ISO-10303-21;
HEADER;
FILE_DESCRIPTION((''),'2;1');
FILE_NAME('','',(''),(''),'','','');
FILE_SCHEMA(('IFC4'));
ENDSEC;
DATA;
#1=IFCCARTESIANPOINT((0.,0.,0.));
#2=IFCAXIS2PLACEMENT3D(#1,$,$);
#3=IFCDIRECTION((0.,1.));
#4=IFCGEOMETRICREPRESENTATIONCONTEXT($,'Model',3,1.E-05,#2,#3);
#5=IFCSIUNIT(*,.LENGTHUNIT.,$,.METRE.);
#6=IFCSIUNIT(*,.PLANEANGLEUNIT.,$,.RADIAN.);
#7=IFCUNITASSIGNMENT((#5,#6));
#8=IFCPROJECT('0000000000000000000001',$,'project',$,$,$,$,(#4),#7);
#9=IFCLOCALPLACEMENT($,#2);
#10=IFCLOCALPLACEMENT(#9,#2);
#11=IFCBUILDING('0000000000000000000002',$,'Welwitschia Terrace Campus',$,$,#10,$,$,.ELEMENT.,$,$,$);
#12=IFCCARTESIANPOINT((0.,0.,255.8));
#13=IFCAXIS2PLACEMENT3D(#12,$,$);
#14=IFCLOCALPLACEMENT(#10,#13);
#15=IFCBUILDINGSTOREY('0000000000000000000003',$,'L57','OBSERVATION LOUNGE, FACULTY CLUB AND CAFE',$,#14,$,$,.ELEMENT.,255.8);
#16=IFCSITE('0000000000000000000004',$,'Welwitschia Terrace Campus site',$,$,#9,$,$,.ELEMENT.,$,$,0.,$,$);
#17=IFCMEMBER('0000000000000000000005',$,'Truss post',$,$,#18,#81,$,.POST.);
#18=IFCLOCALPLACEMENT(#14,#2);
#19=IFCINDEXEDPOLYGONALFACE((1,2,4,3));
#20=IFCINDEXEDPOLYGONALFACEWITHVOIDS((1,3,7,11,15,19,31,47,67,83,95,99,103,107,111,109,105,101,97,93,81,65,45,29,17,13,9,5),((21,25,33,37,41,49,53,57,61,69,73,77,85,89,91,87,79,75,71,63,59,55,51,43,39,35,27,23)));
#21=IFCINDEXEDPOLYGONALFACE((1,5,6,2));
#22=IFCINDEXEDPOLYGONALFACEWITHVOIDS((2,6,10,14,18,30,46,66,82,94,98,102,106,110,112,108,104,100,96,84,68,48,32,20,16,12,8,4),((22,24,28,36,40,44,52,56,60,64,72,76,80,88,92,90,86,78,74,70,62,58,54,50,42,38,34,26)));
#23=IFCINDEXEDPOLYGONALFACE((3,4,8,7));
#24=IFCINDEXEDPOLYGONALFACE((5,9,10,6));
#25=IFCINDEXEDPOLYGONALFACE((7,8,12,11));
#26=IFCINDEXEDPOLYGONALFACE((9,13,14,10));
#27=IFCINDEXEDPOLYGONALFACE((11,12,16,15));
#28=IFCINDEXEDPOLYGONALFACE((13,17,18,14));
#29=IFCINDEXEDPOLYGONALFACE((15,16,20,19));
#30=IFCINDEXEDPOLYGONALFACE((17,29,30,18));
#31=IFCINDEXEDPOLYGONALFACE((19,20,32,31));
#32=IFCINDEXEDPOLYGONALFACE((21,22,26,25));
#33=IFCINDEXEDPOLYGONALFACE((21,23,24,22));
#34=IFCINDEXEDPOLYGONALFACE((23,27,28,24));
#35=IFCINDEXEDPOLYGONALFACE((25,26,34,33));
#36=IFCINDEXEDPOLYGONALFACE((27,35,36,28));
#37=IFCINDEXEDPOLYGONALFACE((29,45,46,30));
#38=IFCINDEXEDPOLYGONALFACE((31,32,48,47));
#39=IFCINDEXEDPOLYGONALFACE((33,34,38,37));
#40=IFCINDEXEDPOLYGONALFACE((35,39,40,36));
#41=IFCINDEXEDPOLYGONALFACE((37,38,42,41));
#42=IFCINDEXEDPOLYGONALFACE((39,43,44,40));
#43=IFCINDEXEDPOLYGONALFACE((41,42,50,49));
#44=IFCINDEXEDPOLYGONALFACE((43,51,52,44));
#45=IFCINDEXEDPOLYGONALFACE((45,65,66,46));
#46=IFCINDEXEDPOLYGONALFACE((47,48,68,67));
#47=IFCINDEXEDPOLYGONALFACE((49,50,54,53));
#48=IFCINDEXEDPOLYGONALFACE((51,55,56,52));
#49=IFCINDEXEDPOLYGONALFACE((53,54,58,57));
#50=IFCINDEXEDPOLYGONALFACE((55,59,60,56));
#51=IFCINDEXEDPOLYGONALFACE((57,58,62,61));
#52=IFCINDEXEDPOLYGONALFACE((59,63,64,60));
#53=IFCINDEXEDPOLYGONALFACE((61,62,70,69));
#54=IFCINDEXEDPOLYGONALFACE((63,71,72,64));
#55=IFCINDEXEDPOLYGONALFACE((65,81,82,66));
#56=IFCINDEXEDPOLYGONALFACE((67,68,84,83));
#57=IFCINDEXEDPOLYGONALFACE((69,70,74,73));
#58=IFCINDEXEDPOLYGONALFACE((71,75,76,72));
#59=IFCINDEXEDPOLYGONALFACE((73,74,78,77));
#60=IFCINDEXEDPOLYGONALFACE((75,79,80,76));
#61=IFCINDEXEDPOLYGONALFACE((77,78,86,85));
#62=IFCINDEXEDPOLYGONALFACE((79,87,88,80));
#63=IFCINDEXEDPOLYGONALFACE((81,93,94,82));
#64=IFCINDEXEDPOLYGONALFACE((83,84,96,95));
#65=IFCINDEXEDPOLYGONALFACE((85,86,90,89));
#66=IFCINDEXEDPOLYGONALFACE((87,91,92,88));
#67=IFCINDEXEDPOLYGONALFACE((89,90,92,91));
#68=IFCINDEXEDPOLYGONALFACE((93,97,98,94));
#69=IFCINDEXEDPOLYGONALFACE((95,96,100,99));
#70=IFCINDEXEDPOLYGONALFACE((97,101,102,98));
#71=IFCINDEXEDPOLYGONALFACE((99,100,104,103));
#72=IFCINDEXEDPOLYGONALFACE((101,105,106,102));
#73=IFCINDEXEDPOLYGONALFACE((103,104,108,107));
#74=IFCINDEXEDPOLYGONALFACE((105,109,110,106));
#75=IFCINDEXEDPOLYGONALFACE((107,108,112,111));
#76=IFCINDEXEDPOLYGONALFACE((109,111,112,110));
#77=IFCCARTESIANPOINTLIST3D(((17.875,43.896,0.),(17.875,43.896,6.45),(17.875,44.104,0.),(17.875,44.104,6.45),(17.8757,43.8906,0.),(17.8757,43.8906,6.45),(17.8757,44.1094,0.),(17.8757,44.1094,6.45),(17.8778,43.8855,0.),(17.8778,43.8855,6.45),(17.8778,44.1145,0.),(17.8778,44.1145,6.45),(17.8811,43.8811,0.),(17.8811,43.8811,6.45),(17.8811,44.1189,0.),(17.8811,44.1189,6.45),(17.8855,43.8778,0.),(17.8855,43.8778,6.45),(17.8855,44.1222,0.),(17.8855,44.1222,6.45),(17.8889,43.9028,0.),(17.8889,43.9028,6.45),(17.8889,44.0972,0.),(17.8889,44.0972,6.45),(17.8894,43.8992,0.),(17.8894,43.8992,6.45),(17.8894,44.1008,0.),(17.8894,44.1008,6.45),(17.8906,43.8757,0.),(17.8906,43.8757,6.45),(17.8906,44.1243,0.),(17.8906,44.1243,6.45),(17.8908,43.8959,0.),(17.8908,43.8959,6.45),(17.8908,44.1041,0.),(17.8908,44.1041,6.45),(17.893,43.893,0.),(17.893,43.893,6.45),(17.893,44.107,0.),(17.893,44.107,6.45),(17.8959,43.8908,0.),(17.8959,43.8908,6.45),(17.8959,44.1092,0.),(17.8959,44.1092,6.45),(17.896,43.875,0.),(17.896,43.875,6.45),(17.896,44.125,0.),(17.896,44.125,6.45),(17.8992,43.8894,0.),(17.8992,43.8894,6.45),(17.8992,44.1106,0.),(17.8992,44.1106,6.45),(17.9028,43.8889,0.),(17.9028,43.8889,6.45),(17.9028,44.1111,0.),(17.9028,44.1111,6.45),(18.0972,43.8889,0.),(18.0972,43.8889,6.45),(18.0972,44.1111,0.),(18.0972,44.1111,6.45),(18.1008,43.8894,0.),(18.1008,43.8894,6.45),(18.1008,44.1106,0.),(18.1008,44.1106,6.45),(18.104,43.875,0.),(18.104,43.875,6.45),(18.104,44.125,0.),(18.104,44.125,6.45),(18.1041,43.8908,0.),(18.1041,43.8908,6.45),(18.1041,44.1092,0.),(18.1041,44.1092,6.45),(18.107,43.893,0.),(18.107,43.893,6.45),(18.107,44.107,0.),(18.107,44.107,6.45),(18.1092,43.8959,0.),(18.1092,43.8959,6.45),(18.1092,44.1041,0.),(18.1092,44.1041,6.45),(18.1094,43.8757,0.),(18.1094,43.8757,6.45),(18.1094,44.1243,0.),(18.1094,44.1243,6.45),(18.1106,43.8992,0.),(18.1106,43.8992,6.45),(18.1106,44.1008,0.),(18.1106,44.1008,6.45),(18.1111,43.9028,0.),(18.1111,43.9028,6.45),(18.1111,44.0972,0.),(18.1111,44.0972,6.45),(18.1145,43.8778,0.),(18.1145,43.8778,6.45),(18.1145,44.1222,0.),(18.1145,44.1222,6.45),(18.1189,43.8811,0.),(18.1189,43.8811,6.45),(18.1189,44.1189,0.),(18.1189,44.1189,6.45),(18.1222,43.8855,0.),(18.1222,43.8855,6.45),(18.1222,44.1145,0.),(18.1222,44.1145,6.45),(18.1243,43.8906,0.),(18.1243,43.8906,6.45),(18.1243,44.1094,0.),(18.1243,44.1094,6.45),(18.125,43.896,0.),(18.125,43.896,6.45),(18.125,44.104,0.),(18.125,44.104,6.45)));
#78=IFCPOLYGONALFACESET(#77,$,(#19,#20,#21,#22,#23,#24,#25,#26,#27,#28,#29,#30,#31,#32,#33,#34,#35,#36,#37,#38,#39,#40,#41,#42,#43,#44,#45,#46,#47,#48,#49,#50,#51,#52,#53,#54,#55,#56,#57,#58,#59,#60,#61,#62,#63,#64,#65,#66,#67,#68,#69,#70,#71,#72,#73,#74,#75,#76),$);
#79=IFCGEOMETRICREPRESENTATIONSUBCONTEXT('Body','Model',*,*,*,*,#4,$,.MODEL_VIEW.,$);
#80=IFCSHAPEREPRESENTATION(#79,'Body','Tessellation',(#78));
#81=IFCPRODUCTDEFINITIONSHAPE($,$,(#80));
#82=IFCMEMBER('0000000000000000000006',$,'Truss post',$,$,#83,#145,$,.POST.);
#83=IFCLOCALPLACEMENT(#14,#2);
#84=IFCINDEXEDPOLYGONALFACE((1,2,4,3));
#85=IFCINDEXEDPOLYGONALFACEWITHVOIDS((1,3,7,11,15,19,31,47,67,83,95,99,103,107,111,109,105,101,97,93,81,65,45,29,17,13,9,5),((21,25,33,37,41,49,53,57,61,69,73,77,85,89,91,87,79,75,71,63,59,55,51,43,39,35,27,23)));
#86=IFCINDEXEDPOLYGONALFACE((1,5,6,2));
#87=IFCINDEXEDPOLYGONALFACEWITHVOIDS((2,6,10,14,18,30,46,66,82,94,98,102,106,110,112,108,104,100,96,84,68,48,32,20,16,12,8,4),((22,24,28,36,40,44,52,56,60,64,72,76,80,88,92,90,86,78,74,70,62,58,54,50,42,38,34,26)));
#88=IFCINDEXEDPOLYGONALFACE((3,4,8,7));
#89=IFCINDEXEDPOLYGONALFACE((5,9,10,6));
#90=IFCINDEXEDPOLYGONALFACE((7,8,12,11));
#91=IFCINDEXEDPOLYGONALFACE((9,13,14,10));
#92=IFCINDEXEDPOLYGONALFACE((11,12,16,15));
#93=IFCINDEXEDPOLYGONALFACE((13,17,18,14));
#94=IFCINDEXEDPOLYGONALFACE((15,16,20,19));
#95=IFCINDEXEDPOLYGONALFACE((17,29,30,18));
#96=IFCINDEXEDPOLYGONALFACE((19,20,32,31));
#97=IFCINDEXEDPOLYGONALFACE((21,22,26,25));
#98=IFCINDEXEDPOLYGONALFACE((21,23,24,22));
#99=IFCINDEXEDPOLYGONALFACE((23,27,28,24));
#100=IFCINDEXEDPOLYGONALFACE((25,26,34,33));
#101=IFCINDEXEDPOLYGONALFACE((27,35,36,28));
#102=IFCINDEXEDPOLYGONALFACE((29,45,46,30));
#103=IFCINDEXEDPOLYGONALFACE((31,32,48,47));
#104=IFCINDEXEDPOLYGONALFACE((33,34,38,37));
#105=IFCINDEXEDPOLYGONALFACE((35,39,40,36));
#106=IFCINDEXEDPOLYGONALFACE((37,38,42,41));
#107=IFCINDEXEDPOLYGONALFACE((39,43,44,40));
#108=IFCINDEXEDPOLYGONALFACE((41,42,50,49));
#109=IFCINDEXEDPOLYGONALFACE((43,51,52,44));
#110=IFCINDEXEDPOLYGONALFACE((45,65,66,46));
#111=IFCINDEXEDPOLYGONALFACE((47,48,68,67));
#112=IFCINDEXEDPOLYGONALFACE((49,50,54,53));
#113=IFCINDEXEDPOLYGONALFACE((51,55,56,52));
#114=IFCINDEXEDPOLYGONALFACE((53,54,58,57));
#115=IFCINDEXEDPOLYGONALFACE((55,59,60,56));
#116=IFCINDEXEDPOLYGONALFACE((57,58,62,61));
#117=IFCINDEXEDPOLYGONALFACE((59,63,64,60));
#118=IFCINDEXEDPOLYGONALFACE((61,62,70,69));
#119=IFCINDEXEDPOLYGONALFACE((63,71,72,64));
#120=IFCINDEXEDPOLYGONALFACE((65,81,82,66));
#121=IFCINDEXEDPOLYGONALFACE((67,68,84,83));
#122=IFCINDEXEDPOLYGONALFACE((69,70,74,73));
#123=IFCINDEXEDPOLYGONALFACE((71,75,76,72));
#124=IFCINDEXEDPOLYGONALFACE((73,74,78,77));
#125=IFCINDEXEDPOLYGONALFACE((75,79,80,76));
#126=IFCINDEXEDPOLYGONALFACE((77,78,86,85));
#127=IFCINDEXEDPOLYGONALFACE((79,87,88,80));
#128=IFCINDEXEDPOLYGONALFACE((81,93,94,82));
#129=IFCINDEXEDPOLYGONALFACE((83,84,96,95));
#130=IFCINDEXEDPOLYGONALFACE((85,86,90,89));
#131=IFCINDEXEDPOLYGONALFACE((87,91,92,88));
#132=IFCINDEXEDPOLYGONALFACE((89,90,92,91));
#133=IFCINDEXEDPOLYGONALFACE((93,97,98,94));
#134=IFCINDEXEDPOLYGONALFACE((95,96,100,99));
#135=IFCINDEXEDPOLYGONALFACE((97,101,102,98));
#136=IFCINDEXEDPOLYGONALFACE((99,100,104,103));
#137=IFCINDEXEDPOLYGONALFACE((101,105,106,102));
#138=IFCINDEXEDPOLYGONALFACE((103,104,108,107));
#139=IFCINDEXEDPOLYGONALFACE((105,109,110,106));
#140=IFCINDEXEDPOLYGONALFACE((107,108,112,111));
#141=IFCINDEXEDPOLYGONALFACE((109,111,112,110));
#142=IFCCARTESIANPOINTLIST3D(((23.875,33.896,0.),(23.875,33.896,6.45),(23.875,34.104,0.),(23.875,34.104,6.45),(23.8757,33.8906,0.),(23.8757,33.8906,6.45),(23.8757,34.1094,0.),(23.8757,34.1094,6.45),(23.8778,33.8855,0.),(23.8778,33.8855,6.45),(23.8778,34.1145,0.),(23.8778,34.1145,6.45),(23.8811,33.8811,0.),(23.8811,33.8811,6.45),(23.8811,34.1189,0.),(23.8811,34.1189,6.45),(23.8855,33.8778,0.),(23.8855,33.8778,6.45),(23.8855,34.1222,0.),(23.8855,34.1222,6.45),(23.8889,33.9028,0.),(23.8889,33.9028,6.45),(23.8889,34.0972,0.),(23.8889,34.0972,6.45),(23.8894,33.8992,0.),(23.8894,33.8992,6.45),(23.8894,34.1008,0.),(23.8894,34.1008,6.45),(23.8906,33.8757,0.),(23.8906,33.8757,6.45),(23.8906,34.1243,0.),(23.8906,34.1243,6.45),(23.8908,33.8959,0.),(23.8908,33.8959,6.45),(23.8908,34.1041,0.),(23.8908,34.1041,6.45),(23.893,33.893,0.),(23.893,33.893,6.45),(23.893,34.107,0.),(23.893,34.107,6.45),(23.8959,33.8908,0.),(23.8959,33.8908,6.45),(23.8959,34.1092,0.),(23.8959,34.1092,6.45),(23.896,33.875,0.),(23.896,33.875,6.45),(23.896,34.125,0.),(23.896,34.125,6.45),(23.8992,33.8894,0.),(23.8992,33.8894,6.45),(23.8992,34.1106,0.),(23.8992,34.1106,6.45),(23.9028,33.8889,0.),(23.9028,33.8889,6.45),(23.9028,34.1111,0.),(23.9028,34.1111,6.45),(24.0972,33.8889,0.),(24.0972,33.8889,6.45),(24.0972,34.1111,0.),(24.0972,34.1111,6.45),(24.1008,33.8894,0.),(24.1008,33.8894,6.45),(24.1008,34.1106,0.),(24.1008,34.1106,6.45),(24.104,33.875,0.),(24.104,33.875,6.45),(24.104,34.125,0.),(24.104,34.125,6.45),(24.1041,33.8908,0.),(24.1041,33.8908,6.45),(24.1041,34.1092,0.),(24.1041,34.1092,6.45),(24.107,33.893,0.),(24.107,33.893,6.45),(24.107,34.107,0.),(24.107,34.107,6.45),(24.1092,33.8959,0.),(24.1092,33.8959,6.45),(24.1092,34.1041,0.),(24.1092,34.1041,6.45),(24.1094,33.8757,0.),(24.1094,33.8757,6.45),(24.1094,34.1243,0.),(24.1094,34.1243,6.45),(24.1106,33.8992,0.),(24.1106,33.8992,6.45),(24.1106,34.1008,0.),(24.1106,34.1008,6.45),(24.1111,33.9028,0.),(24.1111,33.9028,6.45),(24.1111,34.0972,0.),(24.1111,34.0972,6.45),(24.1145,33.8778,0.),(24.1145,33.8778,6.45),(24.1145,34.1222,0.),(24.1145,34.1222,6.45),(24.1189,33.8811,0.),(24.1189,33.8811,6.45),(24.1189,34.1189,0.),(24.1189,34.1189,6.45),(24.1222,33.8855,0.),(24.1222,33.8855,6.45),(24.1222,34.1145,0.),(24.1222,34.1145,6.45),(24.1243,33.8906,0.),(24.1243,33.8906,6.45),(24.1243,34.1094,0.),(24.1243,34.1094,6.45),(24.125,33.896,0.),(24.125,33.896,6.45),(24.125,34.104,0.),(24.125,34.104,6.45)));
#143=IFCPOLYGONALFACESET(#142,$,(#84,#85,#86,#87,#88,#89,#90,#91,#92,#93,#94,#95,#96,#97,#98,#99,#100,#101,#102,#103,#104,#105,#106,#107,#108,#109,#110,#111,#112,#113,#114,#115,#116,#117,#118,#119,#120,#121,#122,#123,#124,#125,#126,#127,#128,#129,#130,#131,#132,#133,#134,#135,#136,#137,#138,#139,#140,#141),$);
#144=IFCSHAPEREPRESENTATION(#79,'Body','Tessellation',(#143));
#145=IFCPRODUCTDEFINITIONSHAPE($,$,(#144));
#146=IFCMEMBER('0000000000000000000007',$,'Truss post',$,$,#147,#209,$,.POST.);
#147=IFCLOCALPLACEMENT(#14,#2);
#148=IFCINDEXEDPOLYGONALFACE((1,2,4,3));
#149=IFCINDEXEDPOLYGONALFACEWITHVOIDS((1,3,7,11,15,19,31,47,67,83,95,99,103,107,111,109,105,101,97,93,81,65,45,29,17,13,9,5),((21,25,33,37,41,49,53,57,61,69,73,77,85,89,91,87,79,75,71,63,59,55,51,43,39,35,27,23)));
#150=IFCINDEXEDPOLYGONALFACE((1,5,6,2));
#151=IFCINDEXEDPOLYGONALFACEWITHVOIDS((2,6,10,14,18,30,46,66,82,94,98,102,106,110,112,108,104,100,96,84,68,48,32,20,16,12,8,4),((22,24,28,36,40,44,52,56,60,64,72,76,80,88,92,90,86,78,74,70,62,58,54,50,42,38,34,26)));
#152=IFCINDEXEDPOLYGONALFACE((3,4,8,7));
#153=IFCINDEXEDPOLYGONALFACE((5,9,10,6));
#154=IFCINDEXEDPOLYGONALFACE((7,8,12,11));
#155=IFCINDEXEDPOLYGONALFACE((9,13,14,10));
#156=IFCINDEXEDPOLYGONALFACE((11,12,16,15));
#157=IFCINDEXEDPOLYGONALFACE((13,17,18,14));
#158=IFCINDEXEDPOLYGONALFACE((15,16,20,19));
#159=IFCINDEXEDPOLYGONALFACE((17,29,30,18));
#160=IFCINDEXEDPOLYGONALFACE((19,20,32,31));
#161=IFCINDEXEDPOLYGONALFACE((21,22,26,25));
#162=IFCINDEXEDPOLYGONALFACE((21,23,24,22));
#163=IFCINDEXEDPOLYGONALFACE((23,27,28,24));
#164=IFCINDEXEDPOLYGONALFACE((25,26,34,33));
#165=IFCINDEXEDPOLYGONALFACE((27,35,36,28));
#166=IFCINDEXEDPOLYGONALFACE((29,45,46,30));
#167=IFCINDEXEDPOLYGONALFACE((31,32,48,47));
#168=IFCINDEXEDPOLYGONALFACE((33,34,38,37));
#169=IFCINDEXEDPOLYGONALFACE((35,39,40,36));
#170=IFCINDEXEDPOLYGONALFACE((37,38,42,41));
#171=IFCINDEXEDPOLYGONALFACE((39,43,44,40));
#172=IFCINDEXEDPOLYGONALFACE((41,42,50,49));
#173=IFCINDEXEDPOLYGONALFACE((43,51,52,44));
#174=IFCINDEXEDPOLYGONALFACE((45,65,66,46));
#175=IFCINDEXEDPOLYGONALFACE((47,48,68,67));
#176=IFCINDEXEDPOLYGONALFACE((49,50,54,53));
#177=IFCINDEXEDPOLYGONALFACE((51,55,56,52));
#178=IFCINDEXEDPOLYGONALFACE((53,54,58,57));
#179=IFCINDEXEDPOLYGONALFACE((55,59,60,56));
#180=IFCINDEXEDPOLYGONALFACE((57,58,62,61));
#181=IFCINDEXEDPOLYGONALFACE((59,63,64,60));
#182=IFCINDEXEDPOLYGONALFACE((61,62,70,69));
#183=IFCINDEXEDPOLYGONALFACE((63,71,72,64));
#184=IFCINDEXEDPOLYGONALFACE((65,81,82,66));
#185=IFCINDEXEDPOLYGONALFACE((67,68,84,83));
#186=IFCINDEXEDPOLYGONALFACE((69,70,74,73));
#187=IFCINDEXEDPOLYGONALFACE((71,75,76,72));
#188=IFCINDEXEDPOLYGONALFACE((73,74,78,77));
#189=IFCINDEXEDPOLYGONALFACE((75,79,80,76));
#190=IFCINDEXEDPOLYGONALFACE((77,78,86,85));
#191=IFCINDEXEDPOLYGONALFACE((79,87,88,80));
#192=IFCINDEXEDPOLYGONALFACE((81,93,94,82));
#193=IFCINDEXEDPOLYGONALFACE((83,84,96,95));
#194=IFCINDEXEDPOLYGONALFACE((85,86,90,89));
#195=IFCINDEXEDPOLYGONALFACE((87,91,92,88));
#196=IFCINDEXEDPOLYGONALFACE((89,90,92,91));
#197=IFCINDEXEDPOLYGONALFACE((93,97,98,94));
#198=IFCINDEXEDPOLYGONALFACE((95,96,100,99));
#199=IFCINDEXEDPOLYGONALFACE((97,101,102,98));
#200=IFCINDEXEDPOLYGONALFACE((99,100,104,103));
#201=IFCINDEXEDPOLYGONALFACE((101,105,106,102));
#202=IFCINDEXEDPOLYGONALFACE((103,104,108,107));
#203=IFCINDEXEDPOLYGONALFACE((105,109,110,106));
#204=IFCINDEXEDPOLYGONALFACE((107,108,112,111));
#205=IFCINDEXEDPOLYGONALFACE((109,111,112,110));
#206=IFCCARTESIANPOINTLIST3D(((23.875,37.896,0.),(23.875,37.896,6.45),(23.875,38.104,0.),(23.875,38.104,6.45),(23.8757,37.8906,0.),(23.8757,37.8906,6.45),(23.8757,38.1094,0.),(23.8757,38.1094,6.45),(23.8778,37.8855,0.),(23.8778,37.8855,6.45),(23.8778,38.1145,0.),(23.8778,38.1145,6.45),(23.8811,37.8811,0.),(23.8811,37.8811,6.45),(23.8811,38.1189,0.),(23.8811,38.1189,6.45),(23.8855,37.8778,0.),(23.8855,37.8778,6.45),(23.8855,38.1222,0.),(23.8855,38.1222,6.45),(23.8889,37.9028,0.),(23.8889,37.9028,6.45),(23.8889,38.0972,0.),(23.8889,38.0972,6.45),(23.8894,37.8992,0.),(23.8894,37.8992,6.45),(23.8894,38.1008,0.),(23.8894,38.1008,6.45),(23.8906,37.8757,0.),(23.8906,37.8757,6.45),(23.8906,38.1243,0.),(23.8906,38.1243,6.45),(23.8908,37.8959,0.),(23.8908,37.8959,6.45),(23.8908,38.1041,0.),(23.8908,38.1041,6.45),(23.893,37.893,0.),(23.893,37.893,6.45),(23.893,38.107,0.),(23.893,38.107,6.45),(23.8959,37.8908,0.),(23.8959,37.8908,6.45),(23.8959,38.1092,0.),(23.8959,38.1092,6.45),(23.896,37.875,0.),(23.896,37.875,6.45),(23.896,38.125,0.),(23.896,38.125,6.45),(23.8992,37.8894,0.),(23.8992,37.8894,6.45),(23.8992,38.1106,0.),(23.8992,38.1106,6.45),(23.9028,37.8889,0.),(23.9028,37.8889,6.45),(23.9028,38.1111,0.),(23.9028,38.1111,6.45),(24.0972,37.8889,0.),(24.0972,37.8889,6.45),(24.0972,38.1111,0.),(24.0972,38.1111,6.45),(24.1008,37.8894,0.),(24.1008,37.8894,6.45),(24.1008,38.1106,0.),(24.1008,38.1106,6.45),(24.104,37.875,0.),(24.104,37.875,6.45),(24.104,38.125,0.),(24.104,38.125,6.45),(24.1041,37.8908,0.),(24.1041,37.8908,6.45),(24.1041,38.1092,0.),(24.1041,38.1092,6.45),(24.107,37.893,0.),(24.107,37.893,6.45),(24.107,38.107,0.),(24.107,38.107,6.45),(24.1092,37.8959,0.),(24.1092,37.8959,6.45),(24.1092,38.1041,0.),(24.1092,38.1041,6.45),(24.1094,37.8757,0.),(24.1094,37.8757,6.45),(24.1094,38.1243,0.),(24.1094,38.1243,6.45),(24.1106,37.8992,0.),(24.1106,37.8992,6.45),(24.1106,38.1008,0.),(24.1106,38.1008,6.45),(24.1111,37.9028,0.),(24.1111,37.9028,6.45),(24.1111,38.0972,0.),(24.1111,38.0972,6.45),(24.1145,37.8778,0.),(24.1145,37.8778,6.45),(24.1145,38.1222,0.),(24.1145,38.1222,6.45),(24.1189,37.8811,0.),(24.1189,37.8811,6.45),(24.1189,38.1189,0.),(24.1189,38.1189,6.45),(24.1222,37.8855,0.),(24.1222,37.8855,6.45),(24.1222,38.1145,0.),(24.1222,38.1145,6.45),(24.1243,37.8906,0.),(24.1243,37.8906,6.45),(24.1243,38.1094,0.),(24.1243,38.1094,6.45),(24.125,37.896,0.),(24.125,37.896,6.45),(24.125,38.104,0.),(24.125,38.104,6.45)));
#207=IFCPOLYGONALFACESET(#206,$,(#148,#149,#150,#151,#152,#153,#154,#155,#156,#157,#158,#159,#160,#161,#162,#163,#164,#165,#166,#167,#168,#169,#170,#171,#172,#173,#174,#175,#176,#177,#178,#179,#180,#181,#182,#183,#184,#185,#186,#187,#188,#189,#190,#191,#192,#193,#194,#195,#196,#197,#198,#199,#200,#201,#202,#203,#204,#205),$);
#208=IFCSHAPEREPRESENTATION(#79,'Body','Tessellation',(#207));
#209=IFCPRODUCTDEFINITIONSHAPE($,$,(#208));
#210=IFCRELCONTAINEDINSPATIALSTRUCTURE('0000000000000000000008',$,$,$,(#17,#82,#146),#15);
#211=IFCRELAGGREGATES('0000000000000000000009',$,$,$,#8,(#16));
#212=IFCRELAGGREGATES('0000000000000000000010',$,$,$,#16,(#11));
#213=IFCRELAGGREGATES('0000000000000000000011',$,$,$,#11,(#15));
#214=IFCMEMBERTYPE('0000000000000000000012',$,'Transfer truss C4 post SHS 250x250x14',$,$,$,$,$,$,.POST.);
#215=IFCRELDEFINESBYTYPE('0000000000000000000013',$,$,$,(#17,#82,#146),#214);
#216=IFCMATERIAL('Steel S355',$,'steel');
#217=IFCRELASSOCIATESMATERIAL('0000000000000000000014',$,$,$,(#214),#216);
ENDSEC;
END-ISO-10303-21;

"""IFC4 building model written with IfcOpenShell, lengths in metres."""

from ifc_helpers import new_model, si_unit, direction, frame, origin, origin_2d, place, context, subcontext, project, spatial, hollow_rectangle, extrude, material, material_profile, profile_set, type_object, element, save


model = new_model("IFC4")

# Units and contexts
model_context = context("Model", 3, precision=1e-05, world=origin(), true_north=direction((0.0, 1.0)))
body_context = subcontext(model_context, "Body", "Model", "MODEL_VIEW")
ifc_project = project(units=[si_unit("LENGTHUNIT", "METRE"), si_unit("PLANEANGLEUNIT", "RADIAN")], contexts=[model_context])

# Site, building, storey
site_placement = place(None, origin())
site = spatial("IfcSite", under=ifc_project, at=site_placement, Name="Welwitschia Terrace Campus site", CompositionType="ELEMENT", RefElevation=0.0)
building_placement = place(site_placement, origin())
building = spatial("IfcBuilding", under=site, at=building_placement, Name="Welwitschia Terrace Campus", CompositionType="ELEMENT")
storey_placement = place(building_placement, frame((0.0, 0.0, 255.8)))
storey = spatial("IfcBuildingStorey", under=building, at=storey_placement, Name="L57", Description="OBSERVATION LOUNGE, FACULTY CLUB AND CAFE", CompositionType="ELEMENT", Elevation=255.8)

# Members
ifc_material_1 = material(Name="Steel S355", Category="steel")
ifc_material_profile_1 = material_profile(ifc_material_1, hollow_rectangle(XDim=0.25, YDim=0.25, WallThickness=0.0139, InnerFilletRadius=0.0139, OuterFilletRadius=0.021, at=origin_2d()))
ifc_profile_set_1 = profile_set([ifc_material_profile_1], Name="Steel S355")
member_type_1 = type_object("IfcMemberType", Name="Transfer truss C4 post SHS 250x250x14", PredefinedType="POST", material=ifc_profile_set_1)
for number, where, z_axis, x_axis, name in (
    (1, (18.0, 44.0, 0.0), (0.0, 0.0, 1.0), (1.0, 0.0, 0.0), "Truss post"),
    (2, (24.0, 34.0, 0.0), (0.0, 0.0, 1.0), (1.0, 0.0, 0.0), "Truss post"),
    (3, (24.0, 38.0, 0.0), (0.0, 0.0, 1.0), (1.0, 0.0, 0.0), "Truss post"),
):
    element("IfcMember", number, at=place(storey_placement, frame(where, z_axis=z_axis, x_axis=x_axis)), inside=storey, type_object=member_type_1, Name=name, PredefinedType="POST", context=body_context, shape_type="SweptSolid", body=[
        extrude(hollow_rectangle(XDim=0.25, YDim=0.25, WallThickness=0.0139, InnerFilletRadius=0.0139, OuterFilletRadius=0.021, at=origin_2d()), origin(), (0.0, 0.0, 1.0), 6.45),
    ])

save(model, "model.ifc")
